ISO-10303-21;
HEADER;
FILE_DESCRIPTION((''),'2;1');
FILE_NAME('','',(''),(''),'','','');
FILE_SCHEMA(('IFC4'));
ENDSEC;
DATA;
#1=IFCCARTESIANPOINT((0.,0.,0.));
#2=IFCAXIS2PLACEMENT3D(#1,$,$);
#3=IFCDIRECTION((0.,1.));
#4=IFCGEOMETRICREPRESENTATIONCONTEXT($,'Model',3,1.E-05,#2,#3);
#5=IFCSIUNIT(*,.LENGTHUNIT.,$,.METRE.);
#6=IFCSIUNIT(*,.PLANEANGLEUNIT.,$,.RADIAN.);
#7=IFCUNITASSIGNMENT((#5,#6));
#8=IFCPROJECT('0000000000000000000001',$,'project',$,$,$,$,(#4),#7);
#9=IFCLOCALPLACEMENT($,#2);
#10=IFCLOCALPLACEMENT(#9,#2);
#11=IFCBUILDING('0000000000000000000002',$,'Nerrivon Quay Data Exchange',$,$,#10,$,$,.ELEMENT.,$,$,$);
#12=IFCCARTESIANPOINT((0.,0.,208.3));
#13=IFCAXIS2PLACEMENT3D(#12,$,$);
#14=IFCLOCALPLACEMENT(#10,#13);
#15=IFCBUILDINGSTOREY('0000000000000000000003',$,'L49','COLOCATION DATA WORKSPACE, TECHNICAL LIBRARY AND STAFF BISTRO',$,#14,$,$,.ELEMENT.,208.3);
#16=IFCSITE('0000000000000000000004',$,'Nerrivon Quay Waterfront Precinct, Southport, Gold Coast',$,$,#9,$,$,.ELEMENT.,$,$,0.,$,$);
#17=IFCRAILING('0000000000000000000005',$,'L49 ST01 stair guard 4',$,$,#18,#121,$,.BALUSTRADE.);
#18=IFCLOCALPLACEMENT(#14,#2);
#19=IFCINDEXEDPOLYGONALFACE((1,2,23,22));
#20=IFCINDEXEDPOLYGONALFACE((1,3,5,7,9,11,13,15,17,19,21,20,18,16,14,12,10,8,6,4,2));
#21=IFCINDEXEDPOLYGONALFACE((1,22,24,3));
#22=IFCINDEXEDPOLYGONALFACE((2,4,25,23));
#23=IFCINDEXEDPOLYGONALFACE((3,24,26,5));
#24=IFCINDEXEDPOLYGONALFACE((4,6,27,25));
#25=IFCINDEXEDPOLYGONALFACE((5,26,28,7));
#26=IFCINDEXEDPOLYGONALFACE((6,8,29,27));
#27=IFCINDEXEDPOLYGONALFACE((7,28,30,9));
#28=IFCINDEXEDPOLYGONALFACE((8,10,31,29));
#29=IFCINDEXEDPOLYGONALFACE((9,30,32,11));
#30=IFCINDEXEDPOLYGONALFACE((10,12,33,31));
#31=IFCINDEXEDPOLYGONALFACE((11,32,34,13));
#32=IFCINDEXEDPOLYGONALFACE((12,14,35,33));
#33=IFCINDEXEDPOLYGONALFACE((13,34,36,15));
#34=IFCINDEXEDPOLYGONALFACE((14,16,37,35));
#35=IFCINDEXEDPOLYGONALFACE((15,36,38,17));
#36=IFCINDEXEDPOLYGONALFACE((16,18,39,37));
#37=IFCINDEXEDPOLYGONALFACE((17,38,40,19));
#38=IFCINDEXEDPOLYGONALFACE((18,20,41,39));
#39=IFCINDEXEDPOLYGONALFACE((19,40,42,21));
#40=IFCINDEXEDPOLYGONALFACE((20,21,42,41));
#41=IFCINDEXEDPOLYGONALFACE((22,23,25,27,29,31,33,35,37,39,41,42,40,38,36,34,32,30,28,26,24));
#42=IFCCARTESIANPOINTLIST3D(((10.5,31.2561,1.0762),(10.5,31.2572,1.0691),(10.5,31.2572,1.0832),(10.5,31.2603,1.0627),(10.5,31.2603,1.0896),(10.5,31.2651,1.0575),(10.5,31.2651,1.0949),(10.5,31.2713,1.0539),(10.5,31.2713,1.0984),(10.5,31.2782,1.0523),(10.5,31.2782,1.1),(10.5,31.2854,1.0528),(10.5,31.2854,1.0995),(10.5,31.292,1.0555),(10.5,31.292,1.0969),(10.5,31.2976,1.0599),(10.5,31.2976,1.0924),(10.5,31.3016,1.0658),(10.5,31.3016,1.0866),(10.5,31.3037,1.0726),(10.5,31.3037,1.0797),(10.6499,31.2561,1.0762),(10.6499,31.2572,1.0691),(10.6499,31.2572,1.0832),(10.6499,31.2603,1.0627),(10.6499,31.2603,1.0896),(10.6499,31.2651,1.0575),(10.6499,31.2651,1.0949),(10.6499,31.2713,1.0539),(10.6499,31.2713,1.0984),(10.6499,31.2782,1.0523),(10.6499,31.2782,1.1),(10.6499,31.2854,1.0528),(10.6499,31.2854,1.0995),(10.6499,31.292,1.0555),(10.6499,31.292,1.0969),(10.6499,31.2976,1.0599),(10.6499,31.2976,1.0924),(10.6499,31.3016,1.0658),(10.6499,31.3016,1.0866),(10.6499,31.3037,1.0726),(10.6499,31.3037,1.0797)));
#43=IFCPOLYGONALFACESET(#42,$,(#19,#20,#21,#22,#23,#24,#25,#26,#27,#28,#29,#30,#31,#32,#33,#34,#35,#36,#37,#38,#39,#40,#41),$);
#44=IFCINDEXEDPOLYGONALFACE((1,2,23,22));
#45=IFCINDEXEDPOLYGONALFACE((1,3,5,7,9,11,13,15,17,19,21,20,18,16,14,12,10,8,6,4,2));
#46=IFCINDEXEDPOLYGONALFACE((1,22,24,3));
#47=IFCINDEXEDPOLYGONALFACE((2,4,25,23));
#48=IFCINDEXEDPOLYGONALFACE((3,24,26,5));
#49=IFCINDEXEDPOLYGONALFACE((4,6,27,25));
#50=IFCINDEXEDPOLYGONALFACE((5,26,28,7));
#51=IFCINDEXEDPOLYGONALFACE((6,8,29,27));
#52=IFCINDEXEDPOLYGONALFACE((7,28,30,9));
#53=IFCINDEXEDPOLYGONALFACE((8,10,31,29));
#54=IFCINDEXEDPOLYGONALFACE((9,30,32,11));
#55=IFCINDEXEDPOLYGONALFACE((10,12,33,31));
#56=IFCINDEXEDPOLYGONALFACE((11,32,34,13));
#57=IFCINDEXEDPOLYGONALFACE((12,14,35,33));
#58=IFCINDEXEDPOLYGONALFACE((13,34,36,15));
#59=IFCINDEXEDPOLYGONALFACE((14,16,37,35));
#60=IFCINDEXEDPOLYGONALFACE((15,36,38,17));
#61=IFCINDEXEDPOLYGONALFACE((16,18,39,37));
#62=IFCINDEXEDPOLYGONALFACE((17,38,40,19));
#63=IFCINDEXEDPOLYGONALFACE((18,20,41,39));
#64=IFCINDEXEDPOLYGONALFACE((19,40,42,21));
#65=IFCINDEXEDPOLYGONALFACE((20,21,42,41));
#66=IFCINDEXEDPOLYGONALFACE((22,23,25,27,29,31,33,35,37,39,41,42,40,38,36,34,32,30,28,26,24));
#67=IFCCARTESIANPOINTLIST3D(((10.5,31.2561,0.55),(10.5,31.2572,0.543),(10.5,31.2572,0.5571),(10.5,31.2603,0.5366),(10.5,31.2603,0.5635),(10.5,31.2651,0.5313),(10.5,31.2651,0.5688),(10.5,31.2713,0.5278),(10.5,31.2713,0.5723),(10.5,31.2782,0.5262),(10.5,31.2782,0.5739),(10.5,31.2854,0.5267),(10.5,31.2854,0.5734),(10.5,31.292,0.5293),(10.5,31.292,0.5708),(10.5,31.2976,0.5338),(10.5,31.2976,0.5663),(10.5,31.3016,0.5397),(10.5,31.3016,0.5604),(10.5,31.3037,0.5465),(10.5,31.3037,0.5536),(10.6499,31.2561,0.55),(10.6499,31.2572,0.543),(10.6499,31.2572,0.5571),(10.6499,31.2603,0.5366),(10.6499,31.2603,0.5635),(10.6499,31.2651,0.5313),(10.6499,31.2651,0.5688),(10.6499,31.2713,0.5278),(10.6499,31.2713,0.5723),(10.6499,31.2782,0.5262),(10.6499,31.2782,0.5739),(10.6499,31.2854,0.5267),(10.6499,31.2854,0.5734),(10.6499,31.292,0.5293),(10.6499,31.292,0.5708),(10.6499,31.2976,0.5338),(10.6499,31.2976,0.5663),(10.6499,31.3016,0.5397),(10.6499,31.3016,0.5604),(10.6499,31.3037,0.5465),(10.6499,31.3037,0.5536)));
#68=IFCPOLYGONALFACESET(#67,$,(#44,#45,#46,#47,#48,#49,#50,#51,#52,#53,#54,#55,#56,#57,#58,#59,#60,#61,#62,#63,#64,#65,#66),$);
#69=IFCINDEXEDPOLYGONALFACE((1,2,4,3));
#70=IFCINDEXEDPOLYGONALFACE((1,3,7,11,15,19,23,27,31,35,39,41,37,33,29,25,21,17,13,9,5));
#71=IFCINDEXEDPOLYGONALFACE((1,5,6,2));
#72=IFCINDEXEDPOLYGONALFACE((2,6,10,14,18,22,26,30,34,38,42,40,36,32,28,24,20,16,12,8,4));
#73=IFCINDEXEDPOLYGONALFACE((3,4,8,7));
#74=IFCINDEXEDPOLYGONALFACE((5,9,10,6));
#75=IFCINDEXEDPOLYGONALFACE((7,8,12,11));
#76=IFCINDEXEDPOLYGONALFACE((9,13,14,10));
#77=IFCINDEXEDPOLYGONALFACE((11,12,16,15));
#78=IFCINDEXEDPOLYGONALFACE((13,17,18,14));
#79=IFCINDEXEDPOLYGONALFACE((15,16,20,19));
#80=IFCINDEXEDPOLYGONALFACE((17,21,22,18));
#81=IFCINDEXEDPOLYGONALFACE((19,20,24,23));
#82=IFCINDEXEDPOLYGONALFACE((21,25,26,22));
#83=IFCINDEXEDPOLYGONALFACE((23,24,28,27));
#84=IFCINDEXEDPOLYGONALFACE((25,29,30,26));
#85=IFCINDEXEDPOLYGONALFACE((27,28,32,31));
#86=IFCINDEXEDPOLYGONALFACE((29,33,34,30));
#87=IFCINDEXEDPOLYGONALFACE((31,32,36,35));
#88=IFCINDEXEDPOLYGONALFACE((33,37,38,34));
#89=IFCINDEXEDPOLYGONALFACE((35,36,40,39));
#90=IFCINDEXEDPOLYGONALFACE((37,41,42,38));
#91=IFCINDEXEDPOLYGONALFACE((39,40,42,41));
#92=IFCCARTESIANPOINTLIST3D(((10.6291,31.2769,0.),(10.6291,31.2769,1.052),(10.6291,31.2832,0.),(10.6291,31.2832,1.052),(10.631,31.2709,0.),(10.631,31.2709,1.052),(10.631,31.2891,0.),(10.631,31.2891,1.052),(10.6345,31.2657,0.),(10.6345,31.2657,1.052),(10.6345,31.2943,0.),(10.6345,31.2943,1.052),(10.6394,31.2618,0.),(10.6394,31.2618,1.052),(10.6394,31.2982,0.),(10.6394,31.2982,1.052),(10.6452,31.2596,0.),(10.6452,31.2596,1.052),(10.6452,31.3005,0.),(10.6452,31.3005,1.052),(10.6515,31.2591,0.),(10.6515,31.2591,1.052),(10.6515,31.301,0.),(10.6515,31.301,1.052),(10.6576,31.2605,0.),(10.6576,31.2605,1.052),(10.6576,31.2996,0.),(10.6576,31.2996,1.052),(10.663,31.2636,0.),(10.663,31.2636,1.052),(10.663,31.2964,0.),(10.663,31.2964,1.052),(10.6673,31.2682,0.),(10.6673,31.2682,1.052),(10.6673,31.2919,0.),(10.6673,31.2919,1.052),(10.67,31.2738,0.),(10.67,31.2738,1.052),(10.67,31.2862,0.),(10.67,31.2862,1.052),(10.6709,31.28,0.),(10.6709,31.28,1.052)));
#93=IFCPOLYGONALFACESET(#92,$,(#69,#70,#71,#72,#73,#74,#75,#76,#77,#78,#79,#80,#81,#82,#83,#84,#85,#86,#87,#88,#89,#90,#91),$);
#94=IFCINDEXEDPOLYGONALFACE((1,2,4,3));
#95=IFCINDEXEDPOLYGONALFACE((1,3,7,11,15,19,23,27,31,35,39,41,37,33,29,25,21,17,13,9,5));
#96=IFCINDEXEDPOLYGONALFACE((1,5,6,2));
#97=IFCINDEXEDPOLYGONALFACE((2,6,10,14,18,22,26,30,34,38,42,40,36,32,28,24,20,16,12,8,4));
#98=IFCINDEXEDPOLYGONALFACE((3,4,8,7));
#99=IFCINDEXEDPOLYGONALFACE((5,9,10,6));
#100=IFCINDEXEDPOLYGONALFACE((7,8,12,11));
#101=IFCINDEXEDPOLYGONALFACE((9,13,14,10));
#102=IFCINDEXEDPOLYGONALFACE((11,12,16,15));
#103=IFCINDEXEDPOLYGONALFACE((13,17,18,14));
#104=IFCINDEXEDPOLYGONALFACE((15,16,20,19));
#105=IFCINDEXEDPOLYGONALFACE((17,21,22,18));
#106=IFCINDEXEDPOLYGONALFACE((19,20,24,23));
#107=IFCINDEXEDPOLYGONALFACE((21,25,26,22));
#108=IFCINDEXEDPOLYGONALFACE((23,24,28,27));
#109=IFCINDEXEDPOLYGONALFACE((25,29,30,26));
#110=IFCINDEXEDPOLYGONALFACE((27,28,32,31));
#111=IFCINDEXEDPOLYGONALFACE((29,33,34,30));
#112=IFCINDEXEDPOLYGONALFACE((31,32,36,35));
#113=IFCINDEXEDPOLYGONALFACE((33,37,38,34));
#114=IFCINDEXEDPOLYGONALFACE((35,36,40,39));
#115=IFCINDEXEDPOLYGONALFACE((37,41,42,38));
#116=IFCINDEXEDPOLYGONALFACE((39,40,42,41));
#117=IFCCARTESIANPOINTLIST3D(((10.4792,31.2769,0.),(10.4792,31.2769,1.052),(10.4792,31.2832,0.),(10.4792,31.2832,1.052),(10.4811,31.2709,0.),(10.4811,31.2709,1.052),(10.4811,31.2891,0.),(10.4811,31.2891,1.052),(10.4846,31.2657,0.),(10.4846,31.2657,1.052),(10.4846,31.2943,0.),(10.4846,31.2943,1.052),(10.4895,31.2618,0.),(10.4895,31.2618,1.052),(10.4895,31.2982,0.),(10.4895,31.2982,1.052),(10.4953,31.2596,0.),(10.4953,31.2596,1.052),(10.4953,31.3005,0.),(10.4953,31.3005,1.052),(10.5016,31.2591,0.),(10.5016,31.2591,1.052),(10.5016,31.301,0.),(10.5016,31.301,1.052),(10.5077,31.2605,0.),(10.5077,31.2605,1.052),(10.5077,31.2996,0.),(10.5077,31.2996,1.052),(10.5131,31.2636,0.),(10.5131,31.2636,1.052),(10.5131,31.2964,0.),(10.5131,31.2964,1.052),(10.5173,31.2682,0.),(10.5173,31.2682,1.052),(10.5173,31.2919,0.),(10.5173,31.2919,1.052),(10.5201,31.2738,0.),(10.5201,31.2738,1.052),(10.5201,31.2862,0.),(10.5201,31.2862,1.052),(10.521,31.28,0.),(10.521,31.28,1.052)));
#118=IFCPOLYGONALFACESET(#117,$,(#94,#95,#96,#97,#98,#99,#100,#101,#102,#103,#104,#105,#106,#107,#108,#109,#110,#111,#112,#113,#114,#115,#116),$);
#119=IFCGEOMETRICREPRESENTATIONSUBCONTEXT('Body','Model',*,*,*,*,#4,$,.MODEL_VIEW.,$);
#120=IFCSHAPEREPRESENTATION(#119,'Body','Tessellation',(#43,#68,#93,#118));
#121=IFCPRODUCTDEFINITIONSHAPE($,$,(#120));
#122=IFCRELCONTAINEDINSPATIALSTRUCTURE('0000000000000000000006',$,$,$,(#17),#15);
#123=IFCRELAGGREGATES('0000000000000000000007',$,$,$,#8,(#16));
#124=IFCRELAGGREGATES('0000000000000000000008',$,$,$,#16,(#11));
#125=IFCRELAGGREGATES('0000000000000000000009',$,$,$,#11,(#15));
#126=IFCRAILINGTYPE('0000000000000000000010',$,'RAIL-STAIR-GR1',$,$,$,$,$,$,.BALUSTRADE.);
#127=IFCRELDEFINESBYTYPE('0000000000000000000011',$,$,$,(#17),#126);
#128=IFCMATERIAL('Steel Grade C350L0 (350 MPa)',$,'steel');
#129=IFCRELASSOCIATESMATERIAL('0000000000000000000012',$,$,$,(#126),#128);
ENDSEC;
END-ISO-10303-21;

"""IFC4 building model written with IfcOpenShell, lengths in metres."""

from ifc_helpers import new_model, si_unit, direction, frame, origin, origin_2d, place, context, subcontext, project, spatial, circle, extrude, material, type_object, element, save


model = new_model("IFC4")

# Units and contexts
model_context = context("Model", 3, precision=1e-05, world=origin(), true_north=direction((0.0, 1.0)))
body_context = subcontext(model_context, "Body", "Model", "MODEL_VIEW")
ifc_project = project(units=[si_unit("LENGTHUNIT", "METRE"), si_unit("PLANEANGLEUNIT", "RADIAN")], contexts=[model_context])

# Site, building, storey
site_placement = place(None, origin())
site = spatial("IfcSite", under=ifc_project, at=site_placement, Name="Nerrivon Quay Waterfront Precinct, Southport, Gold Coast", CompositionType="ELEMENT", RefElevation=0.0)
building_placement = place(site_placement, origin())
building = spatial("IfcBuilding", under=site, at=building_placement, Name="Nerrivon Quay Data Exchange", CompositionType="ELEMENT")
storey_placement = place(building_placement, frame((0.0, 0.0, 208.3)))
storey = spatial("IfcBuildingStorey", under=building, at=storey_placement, Name="L49", Description="COLOCATION DATA WORKSPACE, TECHNICAL LIBRARY AND STAFF BISTRO", CompositionType="ELEMENT", Elevation=208.3)

# Railing
ifc_material_1 = material(Name="Steel Grade C350L0 (350 MPa)", Category="steel")
railing_type_1 = type_object("IfcRailingType", Name="RAIL-STAIR-GR1", PredefinedType="BALUSTRADE", material=ifc_material_1)
railing_1_placement = place(storey_placement, frame((10.6499, 31.28, 0.0)))
element("IfcRailing", 1, at=railing_1_placement, inside=storey, type_object=railing_type_1, Name="L49 ST01 stair guard 4", PredefinedType="BALUSTRADE", context=body_context, shape_type="SweptSolid", body=[
    extrude(circle(Radius=0.0239, at=origin_2d()), frame((0.0, 0.0, 1.0762), z_axis=(-1.0, 0.0, 0.0), x_axis=(0.0, -1.0, 0.0)), (0.0, 0.0, 1.0), 0.1499),
    extrude(circle(Radius=0.0239, at=origin_2d()), frame((0.0, 0.0, 0.55), z_axis=(-1.0, 0.0, 0.0), x_axis=(0.0, -1.0, 0.0)), (0.0, 0.0, 1.0), 0.1499),
    extrude(circle(Radius=0.021, at=origin_2d()), origin(), (0.0, 0.0, 1.0), 1.052),
    extrude(circle(Radius=0.021, at=origin_2d()), frame((-0.1499, 0.0, 0.0)), (0.0, 0.0, 1.0), 1.052),
])

save(model, "model.ifc")
